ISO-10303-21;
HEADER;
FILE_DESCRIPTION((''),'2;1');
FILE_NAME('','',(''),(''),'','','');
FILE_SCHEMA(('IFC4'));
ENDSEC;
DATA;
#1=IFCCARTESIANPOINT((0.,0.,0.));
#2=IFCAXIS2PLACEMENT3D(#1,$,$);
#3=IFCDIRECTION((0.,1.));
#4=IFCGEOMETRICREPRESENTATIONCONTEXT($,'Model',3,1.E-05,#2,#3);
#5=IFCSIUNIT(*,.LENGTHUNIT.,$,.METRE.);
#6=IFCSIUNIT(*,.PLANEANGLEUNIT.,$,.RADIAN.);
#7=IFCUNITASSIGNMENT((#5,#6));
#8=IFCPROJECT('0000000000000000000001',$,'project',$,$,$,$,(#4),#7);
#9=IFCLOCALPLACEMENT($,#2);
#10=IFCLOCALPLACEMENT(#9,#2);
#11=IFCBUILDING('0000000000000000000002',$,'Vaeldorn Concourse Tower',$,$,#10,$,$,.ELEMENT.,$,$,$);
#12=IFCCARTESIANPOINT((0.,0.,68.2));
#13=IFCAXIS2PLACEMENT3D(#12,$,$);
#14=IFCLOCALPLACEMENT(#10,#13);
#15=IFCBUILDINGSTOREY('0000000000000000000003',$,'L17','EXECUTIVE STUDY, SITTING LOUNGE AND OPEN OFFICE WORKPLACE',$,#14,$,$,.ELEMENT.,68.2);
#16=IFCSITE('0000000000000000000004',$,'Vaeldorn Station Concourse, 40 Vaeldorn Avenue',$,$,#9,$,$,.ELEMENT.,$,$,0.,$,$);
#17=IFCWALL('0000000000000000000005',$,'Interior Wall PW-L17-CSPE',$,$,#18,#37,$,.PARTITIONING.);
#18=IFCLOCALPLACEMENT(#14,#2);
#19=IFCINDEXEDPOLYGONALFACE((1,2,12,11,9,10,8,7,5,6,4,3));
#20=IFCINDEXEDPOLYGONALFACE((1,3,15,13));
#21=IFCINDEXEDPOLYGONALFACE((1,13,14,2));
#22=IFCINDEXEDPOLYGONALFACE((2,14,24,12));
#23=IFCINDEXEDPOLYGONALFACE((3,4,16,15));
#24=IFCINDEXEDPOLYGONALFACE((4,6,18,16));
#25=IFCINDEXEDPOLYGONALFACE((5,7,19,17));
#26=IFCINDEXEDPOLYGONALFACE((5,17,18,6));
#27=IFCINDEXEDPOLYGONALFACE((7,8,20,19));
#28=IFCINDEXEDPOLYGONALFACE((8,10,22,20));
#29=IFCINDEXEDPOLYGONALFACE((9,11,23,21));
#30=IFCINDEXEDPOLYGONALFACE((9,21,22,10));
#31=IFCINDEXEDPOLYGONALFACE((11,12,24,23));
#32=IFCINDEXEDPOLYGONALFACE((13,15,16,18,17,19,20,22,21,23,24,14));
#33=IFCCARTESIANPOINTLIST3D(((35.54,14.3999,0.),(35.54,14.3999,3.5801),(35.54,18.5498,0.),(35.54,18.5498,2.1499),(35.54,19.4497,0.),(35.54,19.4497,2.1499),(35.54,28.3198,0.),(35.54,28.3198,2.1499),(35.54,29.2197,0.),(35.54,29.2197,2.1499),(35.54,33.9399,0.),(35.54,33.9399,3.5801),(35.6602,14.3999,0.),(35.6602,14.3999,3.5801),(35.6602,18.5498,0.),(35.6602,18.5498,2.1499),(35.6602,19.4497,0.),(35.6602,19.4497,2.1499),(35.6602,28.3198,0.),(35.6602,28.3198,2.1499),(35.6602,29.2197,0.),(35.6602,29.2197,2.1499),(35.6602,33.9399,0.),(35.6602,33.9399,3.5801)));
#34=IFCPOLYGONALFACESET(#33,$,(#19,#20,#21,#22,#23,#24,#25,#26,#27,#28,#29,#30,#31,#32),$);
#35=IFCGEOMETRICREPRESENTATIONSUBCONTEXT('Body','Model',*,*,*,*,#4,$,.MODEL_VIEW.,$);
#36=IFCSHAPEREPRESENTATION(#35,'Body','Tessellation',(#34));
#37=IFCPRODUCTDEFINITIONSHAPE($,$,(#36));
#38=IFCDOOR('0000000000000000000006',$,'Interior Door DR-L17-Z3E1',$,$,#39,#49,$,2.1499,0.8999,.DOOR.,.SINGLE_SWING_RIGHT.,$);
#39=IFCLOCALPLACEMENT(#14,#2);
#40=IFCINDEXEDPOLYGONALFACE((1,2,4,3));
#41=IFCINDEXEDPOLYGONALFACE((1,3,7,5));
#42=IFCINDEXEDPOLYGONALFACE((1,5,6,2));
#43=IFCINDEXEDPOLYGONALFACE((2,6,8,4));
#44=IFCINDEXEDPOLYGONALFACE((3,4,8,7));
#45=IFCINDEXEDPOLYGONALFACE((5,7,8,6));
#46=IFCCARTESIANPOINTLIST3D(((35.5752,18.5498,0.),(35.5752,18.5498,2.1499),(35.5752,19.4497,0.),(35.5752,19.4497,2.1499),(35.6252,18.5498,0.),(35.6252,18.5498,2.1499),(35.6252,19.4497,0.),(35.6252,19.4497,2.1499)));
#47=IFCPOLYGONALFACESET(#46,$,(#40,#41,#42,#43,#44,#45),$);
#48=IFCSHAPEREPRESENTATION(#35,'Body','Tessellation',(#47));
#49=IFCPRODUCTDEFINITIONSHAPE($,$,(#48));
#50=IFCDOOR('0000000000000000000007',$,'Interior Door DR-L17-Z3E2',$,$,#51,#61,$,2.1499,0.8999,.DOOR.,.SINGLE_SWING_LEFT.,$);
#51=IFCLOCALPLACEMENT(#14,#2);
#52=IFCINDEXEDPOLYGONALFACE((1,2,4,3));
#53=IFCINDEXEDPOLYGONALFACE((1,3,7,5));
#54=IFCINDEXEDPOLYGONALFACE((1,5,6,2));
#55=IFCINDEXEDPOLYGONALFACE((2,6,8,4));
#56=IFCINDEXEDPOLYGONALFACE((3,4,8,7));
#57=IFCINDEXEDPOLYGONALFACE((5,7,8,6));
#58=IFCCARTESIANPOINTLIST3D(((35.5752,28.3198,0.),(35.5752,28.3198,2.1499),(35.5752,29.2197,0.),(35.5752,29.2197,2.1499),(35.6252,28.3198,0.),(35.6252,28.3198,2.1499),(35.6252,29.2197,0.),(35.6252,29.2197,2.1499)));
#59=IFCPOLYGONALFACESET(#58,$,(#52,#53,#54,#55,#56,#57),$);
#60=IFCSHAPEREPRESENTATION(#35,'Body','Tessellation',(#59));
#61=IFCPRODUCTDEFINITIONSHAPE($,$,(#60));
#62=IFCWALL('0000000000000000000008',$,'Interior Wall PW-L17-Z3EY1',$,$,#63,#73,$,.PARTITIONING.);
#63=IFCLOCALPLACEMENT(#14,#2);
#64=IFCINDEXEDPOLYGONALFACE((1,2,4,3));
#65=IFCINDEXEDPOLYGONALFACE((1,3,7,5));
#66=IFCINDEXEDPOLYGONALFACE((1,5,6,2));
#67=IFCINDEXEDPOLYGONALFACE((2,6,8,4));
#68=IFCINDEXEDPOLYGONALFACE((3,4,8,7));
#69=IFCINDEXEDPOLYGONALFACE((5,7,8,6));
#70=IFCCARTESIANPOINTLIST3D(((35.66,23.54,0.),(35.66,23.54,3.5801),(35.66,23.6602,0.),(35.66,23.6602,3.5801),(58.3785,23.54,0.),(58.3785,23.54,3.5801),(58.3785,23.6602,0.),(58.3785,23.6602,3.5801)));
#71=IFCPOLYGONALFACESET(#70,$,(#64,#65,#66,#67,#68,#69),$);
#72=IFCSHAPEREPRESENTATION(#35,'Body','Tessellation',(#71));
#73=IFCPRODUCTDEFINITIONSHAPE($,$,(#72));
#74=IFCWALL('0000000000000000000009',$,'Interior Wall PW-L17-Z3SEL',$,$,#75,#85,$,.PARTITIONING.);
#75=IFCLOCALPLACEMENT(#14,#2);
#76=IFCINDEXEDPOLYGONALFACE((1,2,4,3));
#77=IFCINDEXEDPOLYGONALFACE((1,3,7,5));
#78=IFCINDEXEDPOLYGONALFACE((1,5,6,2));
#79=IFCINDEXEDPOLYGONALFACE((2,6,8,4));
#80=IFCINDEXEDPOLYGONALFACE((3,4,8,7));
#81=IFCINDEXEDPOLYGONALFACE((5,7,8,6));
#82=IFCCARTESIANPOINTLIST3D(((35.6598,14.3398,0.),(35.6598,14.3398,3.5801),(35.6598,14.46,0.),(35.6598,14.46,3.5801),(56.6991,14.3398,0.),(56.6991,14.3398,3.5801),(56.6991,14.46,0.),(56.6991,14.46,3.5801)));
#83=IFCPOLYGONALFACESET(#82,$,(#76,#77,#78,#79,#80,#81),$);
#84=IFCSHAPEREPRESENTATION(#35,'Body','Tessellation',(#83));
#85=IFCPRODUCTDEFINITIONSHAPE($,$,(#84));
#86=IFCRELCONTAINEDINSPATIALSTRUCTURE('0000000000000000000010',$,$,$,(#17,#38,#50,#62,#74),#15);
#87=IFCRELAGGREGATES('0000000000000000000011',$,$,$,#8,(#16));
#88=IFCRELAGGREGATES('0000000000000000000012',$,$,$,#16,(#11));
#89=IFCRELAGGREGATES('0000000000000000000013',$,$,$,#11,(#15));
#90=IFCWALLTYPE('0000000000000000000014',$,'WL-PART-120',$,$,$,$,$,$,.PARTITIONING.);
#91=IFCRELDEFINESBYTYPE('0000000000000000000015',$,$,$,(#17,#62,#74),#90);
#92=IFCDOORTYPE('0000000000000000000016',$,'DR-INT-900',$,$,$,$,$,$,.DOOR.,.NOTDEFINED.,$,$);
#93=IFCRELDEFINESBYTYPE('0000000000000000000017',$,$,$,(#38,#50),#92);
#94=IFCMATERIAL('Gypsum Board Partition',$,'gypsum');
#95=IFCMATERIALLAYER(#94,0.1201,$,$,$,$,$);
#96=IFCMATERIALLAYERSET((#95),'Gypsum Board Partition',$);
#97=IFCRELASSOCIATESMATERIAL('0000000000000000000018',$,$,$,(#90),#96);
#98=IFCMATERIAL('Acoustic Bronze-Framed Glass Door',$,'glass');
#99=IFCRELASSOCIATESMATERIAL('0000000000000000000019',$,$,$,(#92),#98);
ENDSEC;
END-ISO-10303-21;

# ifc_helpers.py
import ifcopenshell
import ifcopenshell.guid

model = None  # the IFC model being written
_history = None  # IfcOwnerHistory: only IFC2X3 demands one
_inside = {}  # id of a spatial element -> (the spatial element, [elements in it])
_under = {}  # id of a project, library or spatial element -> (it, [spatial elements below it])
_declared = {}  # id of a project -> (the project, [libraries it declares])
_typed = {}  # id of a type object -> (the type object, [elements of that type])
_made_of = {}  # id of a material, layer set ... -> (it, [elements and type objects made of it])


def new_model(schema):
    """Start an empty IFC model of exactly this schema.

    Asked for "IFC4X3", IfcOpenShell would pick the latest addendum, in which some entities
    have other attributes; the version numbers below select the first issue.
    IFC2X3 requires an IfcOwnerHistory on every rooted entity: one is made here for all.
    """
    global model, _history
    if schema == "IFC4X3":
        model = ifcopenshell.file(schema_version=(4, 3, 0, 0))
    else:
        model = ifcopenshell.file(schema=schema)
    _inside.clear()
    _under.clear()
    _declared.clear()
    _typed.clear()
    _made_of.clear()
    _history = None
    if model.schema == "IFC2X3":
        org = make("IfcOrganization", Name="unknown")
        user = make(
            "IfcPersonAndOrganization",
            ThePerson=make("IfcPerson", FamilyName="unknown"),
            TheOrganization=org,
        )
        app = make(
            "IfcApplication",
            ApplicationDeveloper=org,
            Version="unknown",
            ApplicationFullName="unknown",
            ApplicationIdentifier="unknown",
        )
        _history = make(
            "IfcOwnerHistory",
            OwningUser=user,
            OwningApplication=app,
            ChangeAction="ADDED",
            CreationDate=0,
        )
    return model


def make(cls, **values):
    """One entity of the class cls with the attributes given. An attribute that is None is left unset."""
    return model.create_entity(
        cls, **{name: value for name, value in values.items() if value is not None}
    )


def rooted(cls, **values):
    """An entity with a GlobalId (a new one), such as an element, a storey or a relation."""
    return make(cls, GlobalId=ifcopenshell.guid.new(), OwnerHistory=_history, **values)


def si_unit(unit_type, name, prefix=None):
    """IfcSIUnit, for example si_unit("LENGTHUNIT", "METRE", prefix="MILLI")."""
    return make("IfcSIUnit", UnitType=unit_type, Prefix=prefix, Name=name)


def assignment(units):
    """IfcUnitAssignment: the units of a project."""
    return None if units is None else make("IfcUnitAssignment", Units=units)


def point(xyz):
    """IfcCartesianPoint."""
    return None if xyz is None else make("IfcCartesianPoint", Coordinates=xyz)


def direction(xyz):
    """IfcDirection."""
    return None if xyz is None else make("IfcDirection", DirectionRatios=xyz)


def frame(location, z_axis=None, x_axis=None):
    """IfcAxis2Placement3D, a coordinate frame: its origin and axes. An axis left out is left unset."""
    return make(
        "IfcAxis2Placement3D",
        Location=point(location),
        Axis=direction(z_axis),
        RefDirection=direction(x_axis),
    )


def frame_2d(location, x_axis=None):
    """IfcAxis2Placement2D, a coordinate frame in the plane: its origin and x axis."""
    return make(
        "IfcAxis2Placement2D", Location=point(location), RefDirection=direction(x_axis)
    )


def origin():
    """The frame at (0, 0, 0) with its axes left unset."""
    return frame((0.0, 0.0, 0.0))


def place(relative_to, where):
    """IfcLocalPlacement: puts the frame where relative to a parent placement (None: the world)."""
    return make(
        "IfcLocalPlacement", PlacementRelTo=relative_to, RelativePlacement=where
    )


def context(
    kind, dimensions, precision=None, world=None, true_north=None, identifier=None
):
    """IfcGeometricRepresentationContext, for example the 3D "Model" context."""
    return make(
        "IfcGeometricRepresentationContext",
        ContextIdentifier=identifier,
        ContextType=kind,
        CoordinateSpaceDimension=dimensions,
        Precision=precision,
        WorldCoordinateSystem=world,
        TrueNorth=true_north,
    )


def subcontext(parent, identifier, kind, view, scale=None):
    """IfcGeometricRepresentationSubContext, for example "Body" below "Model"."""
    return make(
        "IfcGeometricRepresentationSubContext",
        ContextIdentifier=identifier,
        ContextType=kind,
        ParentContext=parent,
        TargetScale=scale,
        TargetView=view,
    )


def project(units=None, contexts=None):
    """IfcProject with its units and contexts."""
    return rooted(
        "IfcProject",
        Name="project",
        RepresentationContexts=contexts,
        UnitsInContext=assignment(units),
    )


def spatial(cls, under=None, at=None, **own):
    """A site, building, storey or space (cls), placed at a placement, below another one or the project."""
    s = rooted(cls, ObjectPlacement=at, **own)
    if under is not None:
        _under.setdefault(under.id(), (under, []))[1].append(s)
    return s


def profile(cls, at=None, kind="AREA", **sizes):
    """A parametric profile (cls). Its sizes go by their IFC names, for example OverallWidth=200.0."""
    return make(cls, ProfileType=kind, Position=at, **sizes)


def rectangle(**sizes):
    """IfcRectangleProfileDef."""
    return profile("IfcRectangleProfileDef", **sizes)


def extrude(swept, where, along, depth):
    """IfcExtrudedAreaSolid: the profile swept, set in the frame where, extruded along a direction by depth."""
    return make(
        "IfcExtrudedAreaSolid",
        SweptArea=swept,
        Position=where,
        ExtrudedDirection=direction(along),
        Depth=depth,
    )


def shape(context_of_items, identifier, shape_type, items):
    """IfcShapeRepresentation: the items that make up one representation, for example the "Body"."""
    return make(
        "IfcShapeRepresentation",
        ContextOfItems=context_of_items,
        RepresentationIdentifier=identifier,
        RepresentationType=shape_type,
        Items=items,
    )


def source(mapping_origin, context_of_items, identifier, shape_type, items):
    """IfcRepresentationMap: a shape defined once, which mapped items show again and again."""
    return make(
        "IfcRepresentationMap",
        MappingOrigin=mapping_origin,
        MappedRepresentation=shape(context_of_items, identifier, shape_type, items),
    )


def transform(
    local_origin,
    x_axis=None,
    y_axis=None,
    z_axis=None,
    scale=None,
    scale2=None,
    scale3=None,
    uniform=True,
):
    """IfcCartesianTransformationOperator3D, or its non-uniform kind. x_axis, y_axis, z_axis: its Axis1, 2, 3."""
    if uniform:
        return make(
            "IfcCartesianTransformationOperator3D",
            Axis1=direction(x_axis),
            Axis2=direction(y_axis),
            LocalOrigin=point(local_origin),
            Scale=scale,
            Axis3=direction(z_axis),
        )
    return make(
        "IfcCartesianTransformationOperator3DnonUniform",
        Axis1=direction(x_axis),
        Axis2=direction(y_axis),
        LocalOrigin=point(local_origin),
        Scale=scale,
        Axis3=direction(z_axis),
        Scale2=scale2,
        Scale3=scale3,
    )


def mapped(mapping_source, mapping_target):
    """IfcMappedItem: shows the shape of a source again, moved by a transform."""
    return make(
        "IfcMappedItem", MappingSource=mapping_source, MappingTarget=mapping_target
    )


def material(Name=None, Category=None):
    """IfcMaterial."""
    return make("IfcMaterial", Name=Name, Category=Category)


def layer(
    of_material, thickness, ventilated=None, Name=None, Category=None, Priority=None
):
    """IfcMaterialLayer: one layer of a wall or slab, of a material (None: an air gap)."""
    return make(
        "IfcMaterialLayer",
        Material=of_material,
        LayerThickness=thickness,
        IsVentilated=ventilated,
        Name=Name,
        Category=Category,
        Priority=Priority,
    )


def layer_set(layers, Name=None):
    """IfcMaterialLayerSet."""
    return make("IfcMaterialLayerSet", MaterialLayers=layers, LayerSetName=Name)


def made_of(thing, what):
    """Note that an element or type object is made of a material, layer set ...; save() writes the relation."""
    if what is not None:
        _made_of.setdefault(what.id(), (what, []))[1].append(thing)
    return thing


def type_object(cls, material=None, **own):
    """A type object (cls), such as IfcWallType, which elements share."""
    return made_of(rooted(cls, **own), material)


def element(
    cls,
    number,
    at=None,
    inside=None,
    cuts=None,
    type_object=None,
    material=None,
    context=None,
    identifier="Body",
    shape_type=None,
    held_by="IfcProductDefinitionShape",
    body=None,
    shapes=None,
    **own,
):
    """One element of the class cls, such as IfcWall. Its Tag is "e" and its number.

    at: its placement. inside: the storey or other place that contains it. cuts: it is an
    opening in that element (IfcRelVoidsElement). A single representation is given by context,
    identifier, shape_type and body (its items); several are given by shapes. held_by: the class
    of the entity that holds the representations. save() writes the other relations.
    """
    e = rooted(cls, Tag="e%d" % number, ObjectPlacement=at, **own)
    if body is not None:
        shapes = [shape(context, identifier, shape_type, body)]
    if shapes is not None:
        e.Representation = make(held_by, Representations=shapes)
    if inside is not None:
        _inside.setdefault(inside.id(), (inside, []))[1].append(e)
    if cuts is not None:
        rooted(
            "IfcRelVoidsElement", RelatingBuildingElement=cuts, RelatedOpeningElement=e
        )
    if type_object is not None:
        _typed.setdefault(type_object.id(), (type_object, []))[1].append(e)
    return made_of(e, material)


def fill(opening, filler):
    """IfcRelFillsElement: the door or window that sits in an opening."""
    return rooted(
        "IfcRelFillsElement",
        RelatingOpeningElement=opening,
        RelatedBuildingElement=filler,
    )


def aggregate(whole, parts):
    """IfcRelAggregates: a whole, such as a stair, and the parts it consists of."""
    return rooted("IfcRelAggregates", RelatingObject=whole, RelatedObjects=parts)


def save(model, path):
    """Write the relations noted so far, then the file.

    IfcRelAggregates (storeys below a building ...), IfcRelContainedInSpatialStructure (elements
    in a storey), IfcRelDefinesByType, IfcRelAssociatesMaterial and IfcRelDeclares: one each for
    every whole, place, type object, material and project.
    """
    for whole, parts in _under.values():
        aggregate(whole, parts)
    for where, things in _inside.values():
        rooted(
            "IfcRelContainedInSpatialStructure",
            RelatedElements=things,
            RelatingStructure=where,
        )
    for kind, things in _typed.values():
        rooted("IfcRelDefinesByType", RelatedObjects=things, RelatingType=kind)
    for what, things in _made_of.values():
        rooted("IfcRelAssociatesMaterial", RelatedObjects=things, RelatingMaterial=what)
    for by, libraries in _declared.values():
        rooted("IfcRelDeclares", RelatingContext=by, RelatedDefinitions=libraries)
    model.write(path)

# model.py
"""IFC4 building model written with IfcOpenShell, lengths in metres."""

from ifc_helpers import new_model, si_unit, direction, frame, frame_2d, origin, place, context, subcontext, project, spatial, rectangle, extrude, source, transform, mapped, material, layer, layer_set, type_object, element, fill, save


model = new_model("IFC4")

# Units and contexts
model_context = context("Model", 3, precision=1e-05, world=origin(), true_north=direction((0.0, 1.0)))
body_context = subcontext(model_context, "Body", "Model", "MODEL_VIEW")
ifc_project = project(units=[si_unit("LENGTHUNIT", "METRE"), si_unit("PLANEANGLEUNIT", "RADIAN")], contexts=[model_context])

# Site, building, storey
site_placement = place(None, origin())
site = spatial("IfcSite", under=ifc_project, at=site_placement, Name="Vaeldorn Station Concourse, 40 Vaeldorn Avenue", CompositionType="ELEMENT", RefElevation=0.0)
building_placement = place(site_placement, origin())
building = spatial("IfcBuilding", under=site, at=building_placement, Name="Vaeldorn Concourse Tower", CompositionType="ELEMENT")
storey_placement = place(building_placement, frame((0.0, 0.0, 68.2)))
storey = spatial("IfcBuildingStorey", under=building, at=storey_placement, Name="L17", Description="EXECUTIVE STUDY, SITTING LOUNGE AND OPEN OFFICE WORKPLACE", CompositionType="ELEMENT", Elevation=68.2)

# Shared definitions
ifc_material_1 = material(Name="Gypsum Board Partition", Category="gypsum")
ifc_layer = layer(ifc_material_1, 0.1201)
ifc_layer_set = layer_set([ifc_layer], Name="Gypsum Board Partition")
wall_type = type_object("IfcWallType", Name="WL-PART-120", PredefinedType="PARTITIONING", material=ifc_layer_set)

# Wall, openings, doors
ifc_material_2 = material(Name="Acoustic Bronze-Framed Glass Door", Category="glass")
door_type = type_object("IfcDoorType", Name="DR-INT-900", OperationType="NOTDEFINED", PredefinedType="DOOR", material=ifc_material_2)
shared_shape_1 = source(origin(), body_context, "Body", "SweptSolid", [
    extrude(rectangle(XDim=0.8999, YDim=2.1499, at=frame_2d((0.45, 1.075))), frame((0.0, 0.0249, 0.0), z_axis=(0.0, -1.0, 0.0), x_axis=(1.0, 0.0, 0.0)), (0.0, 0.0, 1.0), 0.05),
])
wall_1_placement = place(storey_placement, frame((35.6001, 14.3999, 0.0), z_axis=(0.0, 0.0, 1.0), x_axis=(0.0, 1.0, 0.0)))
wall_1 = element("IfcWall", 1, at=wall_1_placement, inside=storey, type_object=wall_type, Name="Interior Wall PW-L17-CSPE", PredefinedType="PARTITIONING", context=body_context, shape_type="SweptSolid", body=[
    extrude(rectangle(XDim=19.54, YDim=0.1201, at=frame_2d((9.77, 0.0))), origin(), (0.0, 0.0, 1.0), 3.5801),
])
opening_1_placement = place(wall_1_placement, frame((4.1499, 0.0, 0.0)))
opening_1 = element("IfcOpeningElement", 2, at=opening_1_placement, cuts=wall_1, PredefinedType="OPENING", context=body_context, shape_type="SweptSolid", body=[
    extrude(rectangle(XDim=0.8999, YDim=2.1499, at=frame_2d((0.45, 1.075))), frame((0.0, 0.0701, 0.0), z_axis=(0.0, -1.0, 0.0), x_axis=(1.0, 0.0, 0.0)), (0.0, 0.0, 1.0), 0.1401),
])
opening_2_placement = place(wall_1_placement, frame((13.9199, 0.0, 0.0)))
opening_2 = element("IfcOpeningElement", 3, at=opening_2_placement, cuts=wall_1, PredefinedType="OPENING", context=body_context, shape_type="SweptSolid", body=[
    extrude(rectangle(XDim=0.8999, YDim=2.1499, at=frame_2d((0.45, 1.075))), frame((0.0, 0.0701, 0.0), z_axis=(0.0, -1.0, 0.0), x_axis=(1.0, 0.0, 0.0)), (0.0, 0.0, 1.0), 0.1401),
])
door_1_placement = place(opening_1_placement, origin())
door_1 = element("IfcDoor", 4, at=door_1_placement, inside=storey, type_object=door_type, Name="Interior Door DR-L17-Z3E1", OperationType="SINGLE_SWING_RIGHT", OverallHeight=2.1499, OverallWidth=0.8999, PredefinedType="DOOR", context=body_context, shape_type="MappedRepresentation", body=[
    mapped(shared_shape_1, transform((0.0, 0.0, 0.0), scale=1.0)),
])
fill(opening_1, door_1)
door_2_placement = place(opening_2_placement, origin())
door_2 = element("IfcDoor", 5, at=door_2_placement, inside=storey, type_object=door_type, Name="Interior Door DR-L17-Z3E2", OperationType="SINGLE_SWING_LEFT", OverallHeight=2.1499, OverallWidth=0.8999, PredefinedType="DOOR", context=body_context, shape_type="MappedRepresentation", body=[
    mapped(shared_shape_1, transform((0.0, 0.0, 0.0), scale=1.0)),
])
fill(opening_2, door_2)

# Walls
wall_2_placement = place(storey_placement, frame((35.6599, 23.6001, 0.0), z_axis=(0.0, 0.0, 1.0), x_axis=(1.0, 0.0, 0.0)))
element("IfcWall", 6, at=wall_2_placement, inside=storey, type_object=wall_type, Name="Interior Wall PW-L17-Z3EY1", PredefinedType="PARTITIONING", context=body_context, shape_type="SweptSolid", body=[
    extrude(rectangle(XDim=22.7185, YDim=0.1201, at=frame_2d((11.3594, 0.0))), origin(), (0.0, 0.0, 1.0), 3.5801),
])
wall_3_placement = place(storey_placement, frame((35.6599, 14.3999, 0.0), z_axis=(0.0, 0.0, 1.0), x_axis=(1.0, 0.0, 0.0)))
element("IfcWall", 7, at=wall_3_placement, inside=storey, type_object=wall_type, Name="Interior Wall PW-L17-Z3SEL", PredefinedType="PARTITIONING", context=body_context, shape_type="SweptSolid", body=[
    extrude(rectangle(XDim=21.0393, YDim=0.1201, at=frame_2d((10.5195, 0.0))), origin(), (0.0, 0.0, 1.0), 3.5801),
])

save(model, "model.ifc")
